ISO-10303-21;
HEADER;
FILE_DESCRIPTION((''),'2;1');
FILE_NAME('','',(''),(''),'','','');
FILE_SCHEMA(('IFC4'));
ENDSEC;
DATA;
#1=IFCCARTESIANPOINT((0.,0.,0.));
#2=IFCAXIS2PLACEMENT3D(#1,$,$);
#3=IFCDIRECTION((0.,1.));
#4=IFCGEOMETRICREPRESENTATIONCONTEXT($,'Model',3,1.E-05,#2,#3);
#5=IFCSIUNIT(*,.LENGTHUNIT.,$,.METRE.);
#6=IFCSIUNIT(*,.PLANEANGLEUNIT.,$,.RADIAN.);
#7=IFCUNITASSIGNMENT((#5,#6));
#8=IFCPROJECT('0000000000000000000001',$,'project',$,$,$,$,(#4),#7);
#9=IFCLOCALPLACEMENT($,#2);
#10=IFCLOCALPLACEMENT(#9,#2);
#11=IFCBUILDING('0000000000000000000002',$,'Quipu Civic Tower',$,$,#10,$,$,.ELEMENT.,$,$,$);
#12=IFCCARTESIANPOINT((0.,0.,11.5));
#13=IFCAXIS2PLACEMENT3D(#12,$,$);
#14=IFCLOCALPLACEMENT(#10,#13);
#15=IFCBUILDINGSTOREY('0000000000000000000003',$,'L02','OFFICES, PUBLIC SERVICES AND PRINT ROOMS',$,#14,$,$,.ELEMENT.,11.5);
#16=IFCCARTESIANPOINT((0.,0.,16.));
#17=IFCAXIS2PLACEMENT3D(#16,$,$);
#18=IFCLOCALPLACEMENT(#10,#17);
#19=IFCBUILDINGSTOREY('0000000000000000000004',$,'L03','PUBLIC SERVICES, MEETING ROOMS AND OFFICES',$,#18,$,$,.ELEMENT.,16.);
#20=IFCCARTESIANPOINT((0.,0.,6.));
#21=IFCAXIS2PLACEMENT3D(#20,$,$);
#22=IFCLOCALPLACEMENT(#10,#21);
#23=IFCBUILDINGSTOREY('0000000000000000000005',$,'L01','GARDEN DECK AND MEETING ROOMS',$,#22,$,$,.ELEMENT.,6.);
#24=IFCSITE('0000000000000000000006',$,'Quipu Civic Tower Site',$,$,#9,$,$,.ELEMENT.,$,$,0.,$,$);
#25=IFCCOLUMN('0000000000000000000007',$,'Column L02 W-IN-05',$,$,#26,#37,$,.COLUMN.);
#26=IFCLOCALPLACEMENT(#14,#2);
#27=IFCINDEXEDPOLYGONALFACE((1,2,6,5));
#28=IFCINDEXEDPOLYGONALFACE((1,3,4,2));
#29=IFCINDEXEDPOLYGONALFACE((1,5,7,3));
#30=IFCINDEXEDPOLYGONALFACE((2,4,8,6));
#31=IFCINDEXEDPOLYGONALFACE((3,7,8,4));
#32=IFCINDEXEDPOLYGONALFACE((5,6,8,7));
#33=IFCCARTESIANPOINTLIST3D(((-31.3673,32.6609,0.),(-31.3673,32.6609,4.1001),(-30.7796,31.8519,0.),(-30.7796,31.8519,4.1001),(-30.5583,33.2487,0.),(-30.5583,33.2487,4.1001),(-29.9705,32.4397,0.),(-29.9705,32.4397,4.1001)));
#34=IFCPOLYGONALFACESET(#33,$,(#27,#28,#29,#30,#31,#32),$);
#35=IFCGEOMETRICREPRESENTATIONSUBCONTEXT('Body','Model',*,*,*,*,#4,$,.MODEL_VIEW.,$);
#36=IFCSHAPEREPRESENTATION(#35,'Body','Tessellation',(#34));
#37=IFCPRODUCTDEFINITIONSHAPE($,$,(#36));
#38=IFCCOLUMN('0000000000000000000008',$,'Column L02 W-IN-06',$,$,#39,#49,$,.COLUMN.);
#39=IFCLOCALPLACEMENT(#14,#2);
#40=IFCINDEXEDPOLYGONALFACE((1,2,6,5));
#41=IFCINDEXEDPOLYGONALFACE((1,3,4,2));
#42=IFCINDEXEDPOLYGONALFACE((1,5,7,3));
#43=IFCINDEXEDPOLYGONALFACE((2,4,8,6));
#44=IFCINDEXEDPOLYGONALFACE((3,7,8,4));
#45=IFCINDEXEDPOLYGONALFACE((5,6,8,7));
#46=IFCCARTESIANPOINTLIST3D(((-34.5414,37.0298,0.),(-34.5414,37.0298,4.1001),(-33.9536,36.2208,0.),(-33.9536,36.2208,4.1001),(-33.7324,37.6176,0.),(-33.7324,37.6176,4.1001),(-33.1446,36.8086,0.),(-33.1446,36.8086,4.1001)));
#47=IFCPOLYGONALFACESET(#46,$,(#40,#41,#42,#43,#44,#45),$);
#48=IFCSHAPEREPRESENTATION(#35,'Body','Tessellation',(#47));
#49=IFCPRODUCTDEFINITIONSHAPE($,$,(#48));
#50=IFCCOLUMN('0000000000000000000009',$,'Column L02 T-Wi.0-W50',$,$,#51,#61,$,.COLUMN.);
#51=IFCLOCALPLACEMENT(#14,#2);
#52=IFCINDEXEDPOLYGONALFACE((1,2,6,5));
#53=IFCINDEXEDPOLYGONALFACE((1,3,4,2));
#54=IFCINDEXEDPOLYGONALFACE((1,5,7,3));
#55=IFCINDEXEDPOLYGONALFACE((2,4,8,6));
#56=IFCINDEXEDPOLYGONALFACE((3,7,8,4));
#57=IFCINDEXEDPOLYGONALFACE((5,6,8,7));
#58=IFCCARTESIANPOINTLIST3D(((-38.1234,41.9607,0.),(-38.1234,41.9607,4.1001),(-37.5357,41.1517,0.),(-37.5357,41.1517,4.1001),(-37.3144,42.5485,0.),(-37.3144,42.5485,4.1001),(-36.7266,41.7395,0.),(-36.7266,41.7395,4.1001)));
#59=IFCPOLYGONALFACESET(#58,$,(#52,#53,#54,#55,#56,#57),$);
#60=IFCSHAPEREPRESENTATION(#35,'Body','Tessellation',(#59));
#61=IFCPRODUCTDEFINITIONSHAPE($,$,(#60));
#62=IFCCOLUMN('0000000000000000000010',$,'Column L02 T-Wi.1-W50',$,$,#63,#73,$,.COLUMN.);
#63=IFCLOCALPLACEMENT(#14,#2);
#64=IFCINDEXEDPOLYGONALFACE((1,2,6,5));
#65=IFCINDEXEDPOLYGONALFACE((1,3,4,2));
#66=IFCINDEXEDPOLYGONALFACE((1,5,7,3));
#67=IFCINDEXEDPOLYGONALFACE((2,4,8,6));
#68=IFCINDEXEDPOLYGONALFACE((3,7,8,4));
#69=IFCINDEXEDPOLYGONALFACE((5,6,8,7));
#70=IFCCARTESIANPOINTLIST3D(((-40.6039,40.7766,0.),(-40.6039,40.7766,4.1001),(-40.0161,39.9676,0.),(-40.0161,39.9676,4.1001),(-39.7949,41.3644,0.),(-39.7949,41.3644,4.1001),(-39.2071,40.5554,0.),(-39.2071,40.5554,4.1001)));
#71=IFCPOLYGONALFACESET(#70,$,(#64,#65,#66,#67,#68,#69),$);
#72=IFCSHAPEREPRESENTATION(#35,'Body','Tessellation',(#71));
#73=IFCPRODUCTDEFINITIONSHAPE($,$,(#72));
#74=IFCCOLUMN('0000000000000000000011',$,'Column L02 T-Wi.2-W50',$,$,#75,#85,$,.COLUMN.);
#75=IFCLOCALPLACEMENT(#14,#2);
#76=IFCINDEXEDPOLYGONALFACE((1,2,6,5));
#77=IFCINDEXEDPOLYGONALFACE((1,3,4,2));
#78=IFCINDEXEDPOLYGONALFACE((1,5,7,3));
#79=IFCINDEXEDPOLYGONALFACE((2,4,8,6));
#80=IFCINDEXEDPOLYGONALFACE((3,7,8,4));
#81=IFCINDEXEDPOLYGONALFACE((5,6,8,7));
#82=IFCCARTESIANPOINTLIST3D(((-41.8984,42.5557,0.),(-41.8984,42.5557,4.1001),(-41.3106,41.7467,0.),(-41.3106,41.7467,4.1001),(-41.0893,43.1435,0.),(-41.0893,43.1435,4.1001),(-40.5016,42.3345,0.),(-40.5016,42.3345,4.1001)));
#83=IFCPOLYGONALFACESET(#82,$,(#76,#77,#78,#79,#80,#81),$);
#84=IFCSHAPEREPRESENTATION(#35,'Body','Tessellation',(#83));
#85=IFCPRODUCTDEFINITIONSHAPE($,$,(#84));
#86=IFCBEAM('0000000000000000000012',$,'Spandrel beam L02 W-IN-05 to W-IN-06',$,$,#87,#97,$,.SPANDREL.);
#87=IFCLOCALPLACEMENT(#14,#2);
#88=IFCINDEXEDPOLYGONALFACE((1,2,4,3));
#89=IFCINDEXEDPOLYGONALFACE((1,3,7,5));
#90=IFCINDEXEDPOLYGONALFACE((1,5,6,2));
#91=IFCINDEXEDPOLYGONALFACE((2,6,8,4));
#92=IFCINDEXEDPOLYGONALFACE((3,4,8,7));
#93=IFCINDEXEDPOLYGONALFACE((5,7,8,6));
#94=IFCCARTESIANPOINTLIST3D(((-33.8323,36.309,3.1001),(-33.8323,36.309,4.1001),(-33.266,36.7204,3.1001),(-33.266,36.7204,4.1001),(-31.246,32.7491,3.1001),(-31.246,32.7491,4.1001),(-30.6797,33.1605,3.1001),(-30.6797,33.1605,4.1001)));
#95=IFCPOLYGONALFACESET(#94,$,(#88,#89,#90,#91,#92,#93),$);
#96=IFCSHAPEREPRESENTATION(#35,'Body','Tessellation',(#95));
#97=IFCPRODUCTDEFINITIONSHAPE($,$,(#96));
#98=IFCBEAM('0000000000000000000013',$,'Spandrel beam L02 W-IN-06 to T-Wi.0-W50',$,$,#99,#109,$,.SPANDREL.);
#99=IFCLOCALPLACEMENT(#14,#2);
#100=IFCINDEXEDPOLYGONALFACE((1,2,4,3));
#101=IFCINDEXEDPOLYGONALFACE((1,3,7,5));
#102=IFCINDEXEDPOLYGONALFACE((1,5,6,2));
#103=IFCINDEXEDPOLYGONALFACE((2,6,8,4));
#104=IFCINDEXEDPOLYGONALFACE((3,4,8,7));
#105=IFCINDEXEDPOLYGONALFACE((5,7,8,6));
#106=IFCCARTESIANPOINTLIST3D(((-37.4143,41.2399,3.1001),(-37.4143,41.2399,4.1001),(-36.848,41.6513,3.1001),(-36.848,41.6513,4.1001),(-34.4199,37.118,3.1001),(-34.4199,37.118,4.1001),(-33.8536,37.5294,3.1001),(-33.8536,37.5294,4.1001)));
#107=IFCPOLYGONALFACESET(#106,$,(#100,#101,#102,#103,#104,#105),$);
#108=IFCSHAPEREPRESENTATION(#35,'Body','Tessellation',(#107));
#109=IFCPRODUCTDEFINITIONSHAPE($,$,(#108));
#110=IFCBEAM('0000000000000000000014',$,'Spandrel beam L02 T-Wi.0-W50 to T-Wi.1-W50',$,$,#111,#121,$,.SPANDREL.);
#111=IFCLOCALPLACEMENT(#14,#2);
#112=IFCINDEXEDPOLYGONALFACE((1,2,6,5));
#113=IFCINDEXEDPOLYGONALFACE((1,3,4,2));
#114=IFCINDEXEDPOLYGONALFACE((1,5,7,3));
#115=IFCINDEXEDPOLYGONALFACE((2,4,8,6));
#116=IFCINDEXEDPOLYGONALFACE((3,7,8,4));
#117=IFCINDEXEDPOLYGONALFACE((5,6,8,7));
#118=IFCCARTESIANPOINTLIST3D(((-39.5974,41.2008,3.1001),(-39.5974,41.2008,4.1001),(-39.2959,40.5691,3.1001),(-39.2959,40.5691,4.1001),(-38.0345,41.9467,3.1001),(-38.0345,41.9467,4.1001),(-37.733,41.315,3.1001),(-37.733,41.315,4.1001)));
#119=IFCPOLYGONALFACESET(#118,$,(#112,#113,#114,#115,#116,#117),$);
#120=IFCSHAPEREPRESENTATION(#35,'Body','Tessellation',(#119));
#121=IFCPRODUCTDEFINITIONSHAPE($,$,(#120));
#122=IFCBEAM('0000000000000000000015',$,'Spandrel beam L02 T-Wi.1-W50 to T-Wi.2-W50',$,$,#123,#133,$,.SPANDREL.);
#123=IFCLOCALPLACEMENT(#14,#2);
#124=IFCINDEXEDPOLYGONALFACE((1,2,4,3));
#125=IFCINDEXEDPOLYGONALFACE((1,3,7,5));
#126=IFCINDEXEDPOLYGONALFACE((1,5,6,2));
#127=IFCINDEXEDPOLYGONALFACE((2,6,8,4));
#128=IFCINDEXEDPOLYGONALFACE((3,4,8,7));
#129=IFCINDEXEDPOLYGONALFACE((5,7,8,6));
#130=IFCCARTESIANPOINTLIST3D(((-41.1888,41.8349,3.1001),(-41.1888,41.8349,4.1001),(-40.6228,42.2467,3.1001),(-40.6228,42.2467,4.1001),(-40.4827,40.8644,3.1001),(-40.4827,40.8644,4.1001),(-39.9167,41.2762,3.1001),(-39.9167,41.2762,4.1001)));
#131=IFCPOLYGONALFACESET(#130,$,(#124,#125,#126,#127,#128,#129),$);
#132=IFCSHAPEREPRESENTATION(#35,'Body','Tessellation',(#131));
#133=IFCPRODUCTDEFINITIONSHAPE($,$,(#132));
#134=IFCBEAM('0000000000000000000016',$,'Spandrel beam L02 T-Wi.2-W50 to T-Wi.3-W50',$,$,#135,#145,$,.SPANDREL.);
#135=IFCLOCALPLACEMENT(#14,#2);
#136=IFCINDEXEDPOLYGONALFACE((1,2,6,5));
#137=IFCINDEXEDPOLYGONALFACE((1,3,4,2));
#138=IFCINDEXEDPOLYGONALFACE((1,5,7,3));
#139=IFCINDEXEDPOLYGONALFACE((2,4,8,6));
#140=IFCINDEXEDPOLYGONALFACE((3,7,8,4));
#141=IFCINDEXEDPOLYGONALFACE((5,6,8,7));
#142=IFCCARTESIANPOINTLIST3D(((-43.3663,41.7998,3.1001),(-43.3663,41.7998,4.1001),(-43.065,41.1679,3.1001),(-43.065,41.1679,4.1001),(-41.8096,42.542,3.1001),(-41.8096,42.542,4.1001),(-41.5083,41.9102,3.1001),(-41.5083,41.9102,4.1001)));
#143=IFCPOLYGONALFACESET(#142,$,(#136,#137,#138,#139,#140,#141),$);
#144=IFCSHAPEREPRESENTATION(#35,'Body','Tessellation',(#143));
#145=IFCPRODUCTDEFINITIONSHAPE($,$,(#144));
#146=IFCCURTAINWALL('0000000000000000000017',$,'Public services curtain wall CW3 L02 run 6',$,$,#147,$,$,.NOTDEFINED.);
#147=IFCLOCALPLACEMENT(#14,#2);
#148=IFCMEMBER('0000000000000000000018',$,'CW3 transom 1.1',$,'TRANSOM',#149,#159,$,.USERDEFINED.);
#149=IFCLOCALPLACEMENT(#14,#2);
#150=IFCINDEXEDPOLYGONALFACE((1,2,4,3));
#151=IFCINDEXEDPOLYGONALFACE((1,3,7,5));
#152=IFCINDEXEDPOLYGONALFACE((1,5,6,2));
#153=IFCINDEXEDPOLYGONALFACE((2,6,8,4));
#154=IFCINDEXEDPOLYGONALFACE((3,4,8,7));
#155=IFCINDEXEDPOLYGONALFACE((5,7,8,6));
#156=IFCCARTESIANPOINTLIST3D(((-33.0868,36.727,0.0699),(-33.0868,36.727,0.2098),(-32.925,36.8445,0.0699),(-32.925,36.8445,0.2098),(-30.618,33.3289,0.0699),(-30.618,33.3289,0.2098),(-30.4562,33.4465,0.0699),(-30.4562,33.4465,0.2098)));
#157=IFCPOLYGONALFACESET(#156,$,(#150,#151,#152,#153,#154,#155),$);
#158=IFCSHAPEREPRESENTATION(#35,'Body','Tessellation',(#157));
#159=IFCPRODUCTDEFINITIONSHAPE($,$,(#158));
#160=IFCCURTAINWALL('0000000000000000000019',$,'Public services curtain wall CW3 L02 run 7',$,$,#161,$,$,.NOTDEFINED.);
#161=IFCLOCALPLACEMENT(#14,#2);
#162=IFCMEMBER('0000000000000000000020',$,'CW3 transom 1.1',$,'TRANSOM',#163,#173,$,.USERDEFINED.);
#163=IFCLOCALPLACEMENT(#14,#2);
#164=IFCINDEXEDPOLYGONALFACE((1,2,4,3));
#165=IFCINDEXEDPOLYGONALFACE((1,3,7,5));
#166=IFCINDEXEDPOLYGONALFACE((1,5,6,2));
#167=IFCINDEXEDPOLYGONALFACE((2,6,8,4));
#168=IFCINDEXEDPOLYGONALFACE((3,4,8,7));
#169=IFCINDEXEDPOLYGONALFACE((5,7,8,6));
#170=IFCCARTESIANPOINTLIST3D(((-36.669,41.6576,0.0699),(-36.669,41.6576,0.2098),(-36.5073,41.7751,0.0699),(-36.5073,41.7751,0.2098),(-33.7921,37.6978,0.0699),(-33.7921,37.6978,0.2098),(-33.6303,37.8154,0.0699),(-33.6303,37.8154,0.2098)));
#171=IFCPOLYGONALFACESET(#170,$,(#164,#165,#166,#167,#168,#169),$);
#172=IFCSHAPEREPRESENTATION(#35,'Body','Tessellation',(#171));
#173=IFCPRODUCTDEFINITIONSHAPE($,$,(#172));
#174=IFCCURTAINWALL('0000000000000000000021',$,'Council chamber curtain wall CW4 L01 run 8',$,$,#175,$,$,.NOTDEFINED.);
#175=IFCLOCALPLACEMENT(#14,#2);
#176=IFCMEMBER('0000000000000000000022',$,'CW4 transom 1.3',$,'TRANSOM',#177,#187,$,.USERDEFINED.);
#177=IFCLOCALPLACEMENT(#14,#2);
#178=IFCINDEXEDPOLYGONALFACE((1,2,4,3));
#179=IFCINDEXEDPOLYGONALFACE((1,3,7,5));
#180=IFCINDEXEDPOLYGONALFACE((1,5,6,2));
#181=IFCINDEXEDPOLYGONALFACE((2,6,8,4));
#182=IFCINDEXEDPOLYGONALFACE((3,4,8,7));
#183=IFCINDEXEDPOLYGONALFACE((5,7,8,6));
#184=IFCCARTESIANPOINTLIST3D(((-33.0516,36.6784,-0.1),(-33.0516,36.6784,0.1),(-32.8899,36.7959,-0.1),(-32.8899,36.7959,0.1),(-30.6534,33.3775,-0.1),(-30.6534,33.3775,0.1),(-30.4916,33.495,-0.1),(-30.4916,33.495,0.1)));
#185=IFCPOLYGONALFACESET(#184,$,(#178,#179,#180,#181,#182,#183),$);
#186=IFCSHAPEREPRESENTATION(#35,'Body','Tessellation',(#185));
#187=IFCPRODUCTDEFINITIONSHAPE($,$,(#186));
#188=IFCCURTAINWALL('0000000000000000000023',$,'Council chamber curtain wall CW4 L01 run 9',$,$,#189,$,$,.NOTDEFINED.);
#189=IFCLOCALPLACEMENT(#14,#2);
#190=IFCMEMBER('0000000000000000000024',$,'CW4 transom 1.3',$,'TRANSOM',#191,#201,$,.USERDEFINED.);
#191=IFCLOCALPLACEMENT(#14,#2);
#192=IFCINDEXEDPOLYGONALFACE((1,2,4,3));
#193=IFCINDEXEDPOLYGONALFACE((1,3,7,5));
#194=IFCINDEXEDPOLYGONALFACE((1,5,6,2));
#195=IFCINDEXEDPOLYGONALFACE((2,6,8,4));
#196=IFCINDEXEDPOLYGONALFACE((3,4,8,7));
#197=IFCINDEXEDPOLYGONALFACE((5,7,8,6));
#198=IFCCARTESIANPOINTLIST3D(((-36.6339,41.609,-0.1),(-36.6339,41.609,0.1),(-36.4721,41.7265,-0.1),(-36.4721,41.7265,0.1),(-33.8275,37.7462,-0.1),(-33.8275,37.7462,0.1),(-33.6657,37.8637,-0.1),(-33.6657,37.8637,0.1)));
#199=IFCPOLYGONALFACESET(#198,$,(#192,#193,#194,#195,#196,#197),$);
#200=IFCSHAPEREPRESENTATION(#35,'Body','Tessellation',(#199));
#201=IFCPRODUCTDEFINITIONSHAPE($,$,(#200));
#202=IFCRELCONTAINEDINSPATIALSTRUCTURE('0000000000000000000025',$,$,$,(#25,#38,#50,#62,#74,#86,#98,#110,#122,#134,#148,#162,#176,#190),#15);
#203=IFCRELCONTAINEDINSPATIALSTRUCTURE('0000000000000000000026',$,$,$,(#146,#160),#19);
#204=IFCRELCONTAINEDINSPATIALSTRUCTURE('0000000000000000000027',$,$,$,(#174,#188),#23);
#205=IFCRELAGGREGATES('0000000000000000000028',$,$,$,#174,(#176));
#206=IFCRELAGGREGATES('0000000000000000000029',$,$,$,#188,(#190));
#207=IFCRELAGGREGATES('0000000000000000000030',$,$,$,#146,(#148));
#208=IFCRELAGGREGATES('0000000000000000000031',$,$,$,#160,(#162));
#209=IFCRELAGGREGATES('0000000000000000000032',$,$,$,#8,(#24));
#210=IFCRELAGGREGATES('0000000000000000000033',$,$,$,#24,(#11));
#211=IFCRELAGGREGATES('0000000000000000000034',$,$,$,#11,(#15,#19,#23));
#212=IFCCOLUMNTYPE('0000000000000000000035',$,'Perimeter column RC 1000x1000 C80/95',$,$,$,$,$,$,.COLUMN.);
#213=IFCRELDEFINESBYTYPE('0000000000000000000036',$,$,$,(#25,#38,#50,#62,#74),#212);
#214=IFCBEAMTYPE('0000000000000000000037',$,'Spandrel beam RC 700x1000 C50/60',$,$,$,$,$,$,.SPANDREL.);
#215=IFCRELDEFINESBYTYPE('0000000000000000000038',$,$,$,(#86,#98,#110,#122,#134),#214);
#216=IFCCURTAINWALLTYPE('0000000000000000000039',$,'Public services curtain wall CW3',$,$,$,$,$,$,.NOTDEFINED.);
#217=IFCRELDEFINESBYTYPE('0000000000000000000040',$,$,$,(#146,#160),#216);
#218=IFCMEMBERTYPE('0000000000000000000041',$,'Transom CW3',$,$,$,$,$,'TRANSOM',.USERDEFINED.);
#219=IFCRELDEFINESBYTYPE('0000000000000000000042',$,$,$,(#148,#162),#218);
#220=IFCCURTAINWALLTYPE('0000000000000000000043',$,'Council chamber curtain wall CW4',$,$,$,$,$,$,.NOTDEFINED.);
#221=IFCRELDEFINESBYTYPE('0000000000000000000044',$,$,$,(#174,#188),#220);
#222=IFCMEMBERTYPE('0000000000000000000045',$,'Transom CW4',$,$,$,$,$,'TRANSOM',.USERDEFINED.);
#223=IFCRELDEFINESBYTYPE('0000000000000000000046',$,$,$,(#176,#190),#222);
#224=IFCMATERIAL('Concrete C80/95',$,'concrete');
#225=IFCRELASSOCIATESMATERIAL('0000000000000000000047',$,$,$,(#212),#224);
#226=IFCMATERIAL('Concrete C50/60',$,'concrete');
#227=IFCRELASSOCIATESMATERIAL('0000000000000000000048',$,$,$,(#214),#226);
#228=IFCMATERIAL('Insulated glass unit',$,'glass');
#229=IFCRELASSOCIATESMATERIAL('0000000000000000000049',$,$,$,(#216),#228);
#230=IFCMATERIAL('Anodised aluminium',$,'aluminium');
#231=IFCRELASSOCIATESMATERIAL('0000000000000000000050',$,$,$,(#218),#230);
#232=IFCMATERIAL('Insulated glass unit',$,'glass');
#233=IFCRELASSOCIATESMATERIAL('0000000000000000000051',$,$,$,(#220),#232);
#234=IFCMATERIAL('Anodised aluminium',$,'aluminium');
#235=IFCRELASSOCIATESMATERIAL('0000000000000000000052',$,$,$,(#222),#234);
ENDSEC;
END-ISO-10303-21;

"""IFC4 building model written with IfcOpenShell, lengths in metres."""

from ifc_helpers import new_model, si_unit, direction, frame, origin, origin_2d, place, context, subcontext, project, spatial, rectangle, extrude, material, material_profile, profile_set, type_object, element, aggregate, save


model = new_model("IFC4")

# Units and contexts
model_context = context("Model", 3, precision=1e-05, world=origin(), true_north=direction((0.0, 1.0)))
body_context = subcontext(model_context, "Body", "Model", "MODEL_VIEW")
ifc_project = project(units=[si_unit("LENGTHUNIT", "METRE"), si_unit("PLANEANGLEUNIT", "RADIAN")], contexts=[model_context])

# Site, building, storey
site_placement = place(None, origin())
site = spatial("IfcSite", under=ifc_project, at=site_placement, Name="Quipu Civic Tower Site", CompositionType="ELEMENT", RefElevation=0.0)
building_placement = place(site_placement, origin())
building = spatial("IfcBuilding", under=site, at=building_placement, Name="Quipu Civic Tower", CompositionType="ELEMENT")
storey_1_placement = place(building_placement, frame((0.0, 0.0, 11.5)))
storey_1 = spatial("IfcBuildingStorey", under=building, at=storey_1_placement, Name="L02", Description="OFFICES, PUBLIC SERVICES AND PRINT ROOMS", CompositionType="ELEMENT", Elevation=11.5)

# Columns
ifc_material_1 = material(Name="Concrete C80/95", Category="concrete")
ifc_material_profile_1 = material_profile(ifc_material_1, rectangle(XDim=1.0, YDim=1.0, at=origin_2d()), Name="RC1000x1000")
ifc_profile_set_1 = profile_set([ifc_material_profile_1], Name="Concrete C80/95")
column_type = type_object("IfcColumnType", Name="Perimeter column RC 1000x1000 C80/95", PredefinedType="COLUMN", material=ifc_profile_set_1)
for number, where, z_axis, x_axis, name in (
    (1, (-30.6689, 32.5503, 0.0), (0.0, 0.0, 1.0), (-0.587785, 0.809017, 0.0), "Column L02 W-IN-05"),
    (2, (-33.843, 36.9192, 0.0), (0.0, 0.0, 1.0), (-0.587785, 0.809017, 0.0), "Column L02 W-IN-06"),
    (3, (-37.425, 41.8501, 0.0), (0.0, 0.0, 1.0), (-0.587785, 0.809017, 0.0), "Column L02 T-Wi.0-W50"),
    (4, (-39.9055, 40.666, 0.0), (0.0, 0.0, 1.0), (-0.587785, 0.809017, 0.0), "Column L02 T-Wi.1-W50"),
    (5, (-41.2, 42.4451, 0.0), (0.0, 0.0, 1.0), (-0.587785, 0.809017, 0.0), "Column L02 T-Wi.2-W50"),
):
    element("IfcColumn", number, at=place(storey_1_placement, frame(where, z_axis=z_axis, x_axis=x_axis)), inside=storey_1, type_object=column_type, Name=name, PredefinedType="COLUMN", context=body_context, shape_type="SweptSolid", body=[
        extrude(rectangle(XDim=1.0, YDim=1.0, at=origin_2d()), origin(), (0.0, 0.0, 1.0), 4.1001),
    ])

# Beams
ifc_material_2 = material(Name="Concrete C50/60", Category="concrete")
ifc_material_profile_2 = material_profile(ifc_material_2, rectangle(XDim=0.7, YDim=1.0, at=origin_2d()), Name="RC700x1000")
ifc_profile_set_2 = profile_set([ifc_material_profile_2], Name="Concrete C50/60")
beam_type = type_object("IfcBeamType", Name="Spandrel beam RC 700x1000 C50/60", PredefinedType="SPANDREL", material=ifc_profile_set_2)
beam_1_placement = place(storey_1_placement, frame((-30.9629, 32.9548, 3.6001), z_axis=(-0.587759, 0.809036, 0.0), x_axis=(-0.809036, -0.587759, 0.0)))
element("IfcBeam", 6, at=beam_1_placement, inside=storey_1, type_object=beam_type, Name="Spandrel beam L02 W-IN-05 to W-IN-06", PredefinedType="SPANDREL", context=body_context, shape_type="SweptSolid", body=[
    extrude(rectangle(XDim=0.7, YDim=1.0, at=origin_2d()), origin(), (0.0, 0.0, 1.0), 4.4001),
])
beam_2_placement = place(storey_1_placement, frame((-34.1367, 37.3237, 3.6001), z_axis=(-0.587747, 0.809045, 0.0), x_axis=(-0.809045, -0.587747, 0.0)))
element("IfcBeam", 7, at=beam_2_placement, inside=storey_1, type_object=beam_type, Name="Spandrel beam L02 W-IN-06 to T-Wi.0-W50", PredefinedType="SPANDREL", context=body_context, shape_type="SweptSolid", body=[
    extrude(rectangle(XDim=0.7, YDim=1.0, at=origin_2d()), origin(), (0.0, 0.0, 1.0), 5.0947),
])
beam_3_placement = place(storey_1_placement, frame((-37.8838, 41.6309, 3.6001), z_axis=(-0.902482, -0.430727, 0.0), x_axis=(0.430727, -0.902482, 0.0)))
element("IfcBeam", 8, at=beam_3_placement, inside=storey_1, type_object=beam_type, Name="Spandrel beam L02 T-Wi.0-W50 to T-Wi.1-W50", PredefinedType="SPANDREL", context=body_context, shape_type="SweptSolid", body=[
    extrude(rectangle(XDim=0.7, YDim=1.0, at=origin_2d()), origin(), (0.0, 0.0, 1.0), 1.7317),
])
beam_4_placement = place(storey_1_placement, frame((-40.1997, 41.0703, 3.6001), z_axis=(-0.588317, 0.808631, 0.0), x_axis=(-0.808631, -0.588317, 0.0)))
element("IfcBeam", 9, at=beam_4_placement, inside=storey_1, type_object=beam_type, Name="Spandrel beam L02 T-Wi.1-W50 to T-Wi.2-W50", PredefinedType="SPANDREL", context=body_context, shape_type="SweptSolid", body=[
    extrude(rectangle(XDim=0.7, YDim=1.0, at=origin_2d()), origin(), (0.0, 0.0, 1.0), 1.2002),
])
beam_5_placement = place(storey_1_placement, frame((-41.6589, 42.2261, 3.6001), z_axis=(-0.902651, -0.430373, 0.0), x_axis=(0.430373, -0.902651, 0.0)))
element("IfcBeam", 10, at=beam_5_placement, inside=storey_1, type_object=beam_type, Name="Spandrel beam L02 T-Wi.2-W50 to T-Wi.3-W50", PredefinedType="SPANDREL", context=body_context, shape_type="SweptSolid", body=[
    extrude(rectangle(XDim=0.7, YDim=1.0, at=origin_2d()), origin(), (0.0, 0.0, 1.0), 1.7246),
])

# Shared definitions
storey_2_placement = place(building_placement, frame((0.0, 0.0, 16.0)))
storey_2 = spatial("IfcBuildingStorey", under=building, at=storey_2_placement, Name="L03", Description="PUBLIC SERVICES, MEETING ROOMS AND OFFICES", CompositionType="ELEMENT", Elevation=16.0)

# Curtain walls, members
ifc_material_3 = material(Name="Insulated glass unit", Category="glass")
curtain_wall_type_1 = type_object("IfcCurtainWallType", Name="Public services curtain wall CW3", PredefinedType="NOTDEFINED", material=ifc_material_3)
curtain_wall_1_placement = place(storey_2_placement, origin())
curtain_wall_1 = element("IfcCurtainWall", 11, at=curtain_wall_1_placement, inside=storey_2, type_object=curtain_wall_type_1, Name="Public services curtain wall CW3 L02 run 6", PredefinedType="NOTDEFINED")
ifc_material_4 = material(Name="Anodised aluminium", Category="aluminium")
ifc_material_profile_3 = material_profile(ifc_material_4, rectangle(XDim=0.2, YDim=0.1399, at=origin_2d()), Name="RECT 200x140")
ifc_profile_set_3 = profile_set([ifc_material_profile_3], Name="Anodised aluminium")
member_type_1 = type_object("IfcMemberType", Name="Transom CW3", ElementType="TRANSOM", PredefinedType="USERDEFINED", material=ifc_profile_set_3)
member_1_placement = place(storey_1_placement, frame((-30.5371, 33.3877, 0.1399), z_axis=(-0.587785, 0.809018, 0.0), x_axis=(-0.809018, -0.587785, 0.0)))
member_1 = element("IfcMember", 12, at=member_1_placement, inside=storey_1, type_object=member_type_1, Name="CW3 transom 1.1", ObjectType="TRANSOM", PredefinedType="USERDEFINED", context=body_context, shape_type="SweptSolid", body=[
    extrude(rectangle(XDim=0.2, YDim=0.1399, at=origin_2d()), origin(), (0.0, 0.0, 1.0), 4.2002),
])
curtain_wall_2_placement = place(storey_2_placement, origin())
curtain_wall_2 = element("IfcCurtainWall", 13, at=curtain_wall_2_placement, inside=storey_2, type_object=curtain_wall_type_1, Name="Public services curtain wall CW3 L02 run 7", PredefinedType="NOTDEFINED")
member_2_placement = place(storey_1_placement, frame((-33.7112, 37.7566, 0.1399), z_axis=(-0.587792, 0.809012, 0.0), x_axis=(-0.809012, -0.587792, 0.0)))
member_2 = element("IfcMember", 14, at=member_2_placement, inside=storey_1, type_object=member_type_1, Name="CW3 transom 1.1", ObjectType="TRANSOM", PredefinedType="USERDEFINED", context=body_context, shape_type="SweptSolid", body=[
    extrude(rectangle(XDim=0.2, YDim=0.1399, at=origin_2d()), origin(), (0.0, 0.0, 1.0), 4.8945),
])

# Shared definitions
storey_3_placement = place(building_placement, frame((0.0, 0.0, 6.0)))
storey_3 = spatial("IfcBuildingStorey", under=building, at=storey_3_placement, Name="L01", Description="GARDEN DECK AND MEETING ROOMS", CompositionType="ELEMENT", Elevation=6.0)

# Curtain walls, members
ifc_material_5 = material(Name="Insulated glass unit", Category="glass")
curtain_wall_type_2 = type_object("IfcCurtainWallType", Name="Council chamber curtain wall CW4", PredefinedType="NOTDEFINED", material=ifc_material_5)
curtain_wall_3_placement = place(storey_3_placement, origin())
curtain_wall_3 = element("IfcCurtainWall", 15, at=curtain_wall_3_placement, inside=storey_3, type_object=curtain_wall_type_2, Name="Council chamber curtain wall CW4 L01 run 8", PredefinedType="NOTDEFINED")
ifc_material_6 = material(Name="Anodised aluminium", Category="aluminium")
ifc_material_profile_4 = material_profile(ifc_material_6, rectangle(XDim=0.2, YDim=0.2, at=origin_2d()), Name="RECT 200x200")
ifc_profile_set_4 = profile_set([ifc_material_profile_4], Name="Anodised aluminium")
member_type_2 = type_object("IfcMemberType", Name="Transom CW4", ElementType="TRANSOM", PredefinedType="USERDEFINED", material=ifc_profile_set_4)
member_3_placement = place(storey_1_placement, frame((-30.5725, 33.4363, 0.0), z_axis=(-0.587791, 0.809013, 0.0), x_axis=(-0.809013, -0.587791, 0.0)))
member_3 = element("IfcMember", 16, at=member_3_placement, inside=storey_1, type_object=member_type_2, Name="CW4 transom 1.3", ObjectType="TRANSOM", PredefinedType="USERDEFINED", context=body_context, shape_type="SweptSolid", body=[
    extrude(rectangle(XDim=0.2, YDim=0.2, at=origin_2d()), origin(), (0.0, 0.0, 1.0), 4.0801),
])
aggregate(curtain_wall_3, [member_3])
curtain_wall_4_placement = place(storey_3_placement, origin())
curtain_wall_4 = element("IfcCurtainWall", 17, at=curtain_wall_4_placement, inside=storey_3, type_object=curtain_wall_type_2, Name="Council chamber curtain wall CW4 L01 run 9", PredefinedType="NOTDEFINED")
member_4_placement = place(storey_1_placement, frame((-33.7466, 37.8049, 0.0), z_axis=(-0.587773, 0.809026, 0.0), x_axis=(-0.809026, -0.587773, 0.0)))
member_4 = element("IfcMember", 18, at=member_4_placement, inside=storey_1, type_object=member_type_2, Name="CW4 transom 1.3", ObjectType="TRANSOM", PredefinedType="USERDEFINED", context=body_context, shape_type="SweptSolid", body=[
    extrude(rectangle(XDim=0.2, YDim=0.2, at=origin_2d()), origin(), (0.0, 0.0, 1.0), 4.7747),
])
aggregate(curtain_wall_4, [member_4])

aggregate(curtain_wall_1, [member_1])
aggregate(curtain_wall_2, [member_2])

save(model, "model.ifc")
